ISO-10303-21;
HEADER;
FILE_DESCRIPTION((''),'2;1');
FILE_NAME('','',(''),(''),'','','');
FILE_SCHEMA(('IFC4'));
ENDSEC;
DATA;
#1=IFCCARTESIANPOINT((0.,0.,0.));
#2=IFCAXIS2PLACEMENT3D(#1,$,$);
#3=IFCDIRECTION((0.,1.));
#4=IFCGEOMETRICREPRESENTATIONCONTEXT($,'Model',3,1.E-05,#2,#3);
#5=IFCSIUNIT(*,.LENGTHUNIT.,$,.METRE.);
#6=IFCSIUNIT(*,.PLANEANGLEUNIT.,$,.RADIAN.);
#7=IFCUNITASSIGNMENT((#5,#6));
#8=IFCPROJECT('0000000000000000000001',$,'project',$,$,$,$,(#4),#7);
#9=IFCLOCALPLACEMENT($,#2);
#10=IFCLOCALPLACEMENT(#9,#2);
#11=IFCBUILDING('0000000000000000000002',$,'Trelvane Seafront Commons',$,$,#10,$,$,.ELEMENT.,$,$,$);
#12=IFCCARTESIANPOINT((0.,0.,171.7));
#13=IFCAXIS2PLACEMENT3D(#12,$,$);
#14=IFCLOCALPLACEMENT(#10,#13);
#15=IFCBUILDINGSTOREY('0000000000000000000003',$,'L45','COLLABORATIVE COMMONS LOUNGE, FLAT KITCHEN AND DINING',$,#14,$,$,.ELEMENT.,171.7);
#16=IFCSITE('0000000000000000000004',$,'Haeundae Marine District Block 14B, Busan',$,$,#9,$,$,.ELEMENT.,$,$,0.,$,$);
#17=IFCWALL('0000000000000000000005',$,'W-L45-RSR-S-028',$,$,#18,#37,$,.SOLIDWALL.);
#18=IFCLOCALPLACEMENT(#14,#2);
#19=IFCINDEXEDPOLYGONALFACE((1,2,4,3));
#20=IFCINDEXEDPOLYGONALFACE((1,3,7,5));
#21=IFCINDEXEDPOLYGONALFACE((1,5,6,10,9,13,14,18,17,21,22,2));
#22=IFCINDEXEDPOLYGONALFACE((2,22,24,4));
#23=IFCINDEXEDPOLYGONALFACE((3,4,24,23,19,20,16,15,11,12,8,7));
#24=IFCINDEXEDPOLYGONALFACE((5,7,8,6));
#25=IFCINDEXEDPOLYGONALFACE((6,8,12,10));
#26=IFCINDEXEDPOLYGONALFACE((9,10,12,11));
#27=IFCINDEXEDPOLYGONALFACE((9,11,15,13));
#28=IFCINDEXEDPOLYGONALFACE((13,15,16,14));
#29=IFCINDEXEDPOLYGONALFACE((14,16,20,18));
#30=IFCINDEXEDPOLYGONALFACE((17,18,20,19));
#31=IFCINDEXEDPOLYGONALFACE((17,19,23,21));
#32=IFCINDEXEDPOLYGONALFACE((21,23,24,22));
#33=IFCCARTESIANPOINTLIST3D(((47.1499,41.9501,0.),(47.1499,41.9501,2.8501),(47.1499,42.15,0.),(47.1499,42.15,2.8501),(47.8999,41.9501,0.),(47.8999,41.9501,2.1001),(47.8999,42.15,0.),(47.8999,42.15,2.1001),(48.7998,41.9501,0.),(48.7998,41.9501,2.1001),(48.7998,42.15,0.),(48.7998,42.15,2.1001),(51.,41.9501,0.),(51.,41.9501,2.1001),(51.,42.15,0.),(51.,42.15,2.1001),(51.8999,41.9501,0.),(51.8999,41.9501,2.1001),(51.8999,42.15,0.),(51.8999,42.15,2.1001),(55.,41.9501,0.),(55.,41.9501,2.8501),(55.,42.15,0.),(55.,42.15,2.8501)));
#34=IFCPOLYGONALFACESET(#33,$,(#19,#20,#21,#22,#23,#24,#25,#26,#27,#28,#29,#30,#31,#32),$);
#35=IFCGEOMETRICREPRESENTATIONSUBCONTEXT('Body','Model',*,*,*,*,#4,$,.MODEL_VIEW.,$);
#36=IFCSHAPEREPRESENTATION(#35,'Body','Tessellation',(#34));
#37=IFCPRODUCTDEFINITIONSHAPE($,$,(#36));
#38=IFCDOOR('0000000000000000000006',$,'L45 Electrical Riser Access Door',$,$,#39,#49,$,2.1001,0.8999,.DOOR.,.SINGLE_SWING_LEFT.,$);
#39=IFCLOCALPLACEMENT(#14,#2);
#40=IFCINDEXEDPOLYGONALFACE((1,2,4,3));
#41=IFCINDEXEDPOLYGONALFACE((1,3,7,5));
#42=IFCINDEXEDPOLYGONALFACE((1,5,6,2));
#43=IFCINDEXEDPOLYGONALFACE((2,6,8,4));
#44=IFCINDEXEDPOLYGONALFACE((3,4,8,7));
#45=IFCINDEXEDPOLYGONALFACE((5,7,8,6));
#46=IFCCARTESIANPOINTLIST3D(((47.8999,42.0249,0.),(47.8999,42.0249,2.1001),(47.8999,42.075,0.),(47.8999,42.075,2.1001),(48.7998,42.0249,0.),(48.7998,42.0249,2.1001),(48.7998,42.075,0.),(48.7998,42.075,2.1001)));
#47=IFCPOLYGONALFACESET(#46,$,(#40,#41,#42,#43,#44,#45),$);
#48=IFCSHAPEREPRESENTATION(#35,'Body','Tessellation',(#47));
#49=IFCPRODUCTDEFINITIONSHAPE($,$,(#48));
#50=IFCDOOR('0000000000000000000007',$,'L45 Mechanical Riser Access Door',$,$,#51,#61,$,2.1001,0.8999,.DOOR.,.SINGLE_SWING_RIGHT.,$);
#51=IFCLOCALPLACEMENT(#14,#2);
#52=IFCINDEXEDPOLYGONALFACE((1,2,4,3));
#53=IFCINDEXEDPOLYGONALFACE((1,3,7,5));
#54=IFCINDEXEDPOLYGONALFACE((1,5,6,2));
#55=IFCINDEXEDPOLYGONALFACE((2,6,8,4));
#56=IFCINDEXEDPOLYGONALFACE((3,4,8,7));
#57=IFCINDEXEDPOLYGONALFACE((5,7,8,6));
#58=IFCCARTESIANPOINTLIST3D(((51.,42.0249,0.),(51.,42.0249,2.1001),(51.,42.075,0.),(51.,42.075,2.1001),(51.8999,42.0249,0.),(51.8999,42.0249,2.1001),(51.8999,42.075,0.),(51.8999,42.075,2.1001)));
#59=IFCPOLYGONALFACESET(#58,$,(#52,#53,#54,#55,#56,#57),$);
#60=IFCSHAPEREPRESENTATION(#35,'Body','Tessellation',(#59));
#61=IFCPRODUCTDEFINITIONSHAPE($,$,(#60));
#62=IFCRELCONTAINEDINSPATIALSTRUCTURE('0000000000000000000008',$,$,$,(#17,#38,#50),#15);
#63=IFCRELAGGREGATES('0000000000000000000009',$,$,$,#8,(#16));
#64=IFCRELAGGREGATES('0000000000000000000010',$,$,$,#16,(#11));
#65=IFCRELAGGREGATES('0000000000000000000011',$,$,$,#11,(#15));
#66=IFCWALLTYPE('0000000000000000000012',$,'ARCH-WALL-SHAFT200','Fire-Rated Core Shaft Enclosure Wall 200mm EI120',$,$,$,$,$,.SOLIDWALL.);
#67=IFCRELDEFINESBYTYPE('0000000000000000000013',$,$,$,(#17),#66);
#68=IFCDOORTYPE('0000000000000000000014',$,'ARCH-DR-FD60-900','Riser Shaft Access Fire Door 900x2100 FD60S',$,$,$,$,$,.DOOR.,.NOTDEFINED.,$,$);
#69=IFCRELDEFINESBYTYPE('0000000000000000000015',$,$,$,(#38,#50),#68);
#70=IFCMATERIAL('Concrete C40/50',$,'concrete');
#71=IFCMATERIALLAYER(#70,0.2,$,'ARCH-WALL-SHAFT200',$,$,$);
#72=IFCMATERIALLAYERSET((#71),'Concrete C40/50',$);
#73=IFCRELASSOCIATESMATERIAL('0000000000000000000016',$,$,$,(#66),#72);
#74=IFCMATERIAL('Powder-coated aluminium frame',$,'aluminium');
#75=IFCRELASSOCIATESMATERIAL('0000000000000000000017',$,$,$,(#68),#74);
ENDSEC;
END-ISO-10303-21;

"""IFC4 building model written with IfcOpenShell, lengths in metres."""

from ifc_helpers import new_model, si_unit, direction, frame, frame_2d, origin, place, context, subcontext, project, spatial, rectangle, extrude, source, transform, mapped, material, layer, layer_set, type_object, element, fill, save


model = new_model("IFC4")

# Units and contexts
model_context = context("Model", 3, precision=1e-05, world=origin(), true_north=direction((0.0, 1.0)))
body_context = subcontext(model_context, "Body", "Model", "MODEL_VIEW")
ifc_project = project(units=[si_unit("LENGTHUNIT", "METRE"), si_unit("PLANEANGLEUNIT", "RADIAN")], contexts=[model_context])

# Site, building, storey
site_placement = place(None, origin())
site = spatial("IfcSite", under=ifc_project, at=site_placement, Name="Haeundae Marine District Block 14B, Busan", CompositionType="ELEMENT", RefElevation=0.0)
building_placement = place(site_placement, origin())
building = spatial("IfcBuilding", under=site, at=building_placement, Name="Trelvane Seafront Commons", CompositionType="ELEMENT")
storey_placement = place(building_placement, frame((0.0, 0.0, 171.7)))
storey = spatial("IfcBuildingStorey", under=building, at=storey_placement, Name="L45", Description="COLLABORATIVE COMMONS LOUNGE, FLAT KITCHEN AND DINING", CompositionType="ELEMENT", Elevation=171.7)

# Shared definitions
ifc_material_1 = material(Name="Concrete C40/50", Category="concrete")
ifc_layer_1 = layer(ifc_material_1, 0.2, Name="ARCH-WALL-SHAFT200")
ifc_layer_set_1 = layer_set([ifc_layer_1], Name="Concrete C40/50")
wall_type_1 = type_object("IfcWallType", Name="ARCH-WALL-SHAFT200", Description="Fire-Rated Core Shaft Enclosure Wall 200mm EI120", PredefinedType="SOLIDWALL", material=ifc_layer_set_1)

# Wall, openings, doors
wall_1_placement = place(storey_placement, frame((47.1499, 42.05, 0.0), z_axis=(0.0, 0.0, 1.0), x_axis=(1.0, 0.0, 0.0)))
wall_1 = element("IfcWall", 1, at=wall_1_placement, inside=storey, type_object=wall_type_1, Name="W-L45-RSR-S-028", PredefinedType="SOLIDWALL", context=body_context, shape_type="SweptSolid", body=[
    extrude(rectangle(XDim=7.8501, YDim=0.2, at=frame_2d((3.925, 0.0))), origin(), (0.0, 0.0, 1.0), 2.8501),
])
opening_1_placement = place(wall_1_placement, frame((0.75, 0.0, 0.0)))
opening_1 = element("IfcOpeningElement", 2, at=opening_1_placement, cuts=wall_1, PredefinedType="OPENING", context=body_context, shape_type="SweptSolid", body=[
    extrude(rectangle(XDim=0.8999, YDim=2.1001, at=frame_2d((0.45, 1.05))), frame((0.0, 0.1099, 0.0), z_axis=(0.0, -1.0, 0.0), x_axis=(1.0, 0.0, 0.0)), (0.0, 0.0, 1.0), 0.22),
])
opening_2_placement = place(wall_1_placement, frame((3.8501, 0.0, 0.0)))
opening_2 = element("IfcOpeningElement", 3, at=opening_2_placement, cuts=wall_1, PredefinedType="OPENING", context=body_context, shape_type="SweptSolid", body=[
    extrude(rectangle(XDim=0.8999, YDim=2.1001, at=frame_2d((0.45, 1.05))), frame((0.0, 0.1099, 0.0), z_axis=(0.0, -1.0, 0.0), x_axis=(1.0, 0.0, 0.0)), (0.0, 0.0, 1.0), 0.22),
])
ifc_material_2 = material(Name="Powder-coated aluminium frame", Category="aluminium")
door_type = type_object("IfcDoorType", Name="ARCH-DR-FD60-900", Description="Riser Shaft Access Fire Door 900x2100 FD60S", OperationType="NOTDEFINED", PredefinedType="DOOR", material=ifc_material_2)
shared_shape_1 = source(origin(), body_context, "Body", "SweptSolid", [
    extrude(rectangle(XDim=0.8999, YDim=2.1001, at=frame_2d((0.45, 1.05))), frame((0.0, 0.0249, 0.0), z_axis=(0.0, -1.0, 0.0), x_axis=(1.0, 0.0, 0.0)), (0.0, 0.0, 1.0), 0.05),
])
door_1_placement = place(opening_1_placement, origin())
door_1 = element("IfcDoor", 4, at=door_1_placement, inside=storey, type_object=door_type, Name="L45 Electrical Riser Access Door", OperationType="SINGLE_SWING_LEFT", OverallHeight=2.1001, OverallWidth=0.8999, PredefinedType="DOOR", context=body_context, shape_type="MappedRepresentation", body=[
    mapped(shared_shape_1, transform((0.0, 0.0, 0.0), x_axis=(1.0, 0.0, 0.0), y_axis=(0.0, 1.0, 0.0), z_axis=(0.0, 0.0, 1.0), scale=1.0)),
])
fill(opening_1, door_1)
door_2_placement = place(opening_2_placement, origin())
door_2 = element("IfcDoor", 5, at=door_2_placement, inside=storey, type_object=door_type, Name="L45 Mechanical Riser Access Door", OperationType="SINGLE_SWING_RIGHT", OverallHeight=2.1001, OverallWidth=0.8999, PredefinedType="DOOR", context=body_context, shape_type="MappedRepresentation", body=[
    mapped(shared_shape_1, transform((0.0, 0.0, 0.0), x_axis=(1.0, 0.0, 0.0), y_axis=(0.0, 1.0, 0.0), z_axis=(0.0, 0.0, 1.0), scale=1.0)),
])
fill(opening_2, door_2)

save(model, "model.ifc")
